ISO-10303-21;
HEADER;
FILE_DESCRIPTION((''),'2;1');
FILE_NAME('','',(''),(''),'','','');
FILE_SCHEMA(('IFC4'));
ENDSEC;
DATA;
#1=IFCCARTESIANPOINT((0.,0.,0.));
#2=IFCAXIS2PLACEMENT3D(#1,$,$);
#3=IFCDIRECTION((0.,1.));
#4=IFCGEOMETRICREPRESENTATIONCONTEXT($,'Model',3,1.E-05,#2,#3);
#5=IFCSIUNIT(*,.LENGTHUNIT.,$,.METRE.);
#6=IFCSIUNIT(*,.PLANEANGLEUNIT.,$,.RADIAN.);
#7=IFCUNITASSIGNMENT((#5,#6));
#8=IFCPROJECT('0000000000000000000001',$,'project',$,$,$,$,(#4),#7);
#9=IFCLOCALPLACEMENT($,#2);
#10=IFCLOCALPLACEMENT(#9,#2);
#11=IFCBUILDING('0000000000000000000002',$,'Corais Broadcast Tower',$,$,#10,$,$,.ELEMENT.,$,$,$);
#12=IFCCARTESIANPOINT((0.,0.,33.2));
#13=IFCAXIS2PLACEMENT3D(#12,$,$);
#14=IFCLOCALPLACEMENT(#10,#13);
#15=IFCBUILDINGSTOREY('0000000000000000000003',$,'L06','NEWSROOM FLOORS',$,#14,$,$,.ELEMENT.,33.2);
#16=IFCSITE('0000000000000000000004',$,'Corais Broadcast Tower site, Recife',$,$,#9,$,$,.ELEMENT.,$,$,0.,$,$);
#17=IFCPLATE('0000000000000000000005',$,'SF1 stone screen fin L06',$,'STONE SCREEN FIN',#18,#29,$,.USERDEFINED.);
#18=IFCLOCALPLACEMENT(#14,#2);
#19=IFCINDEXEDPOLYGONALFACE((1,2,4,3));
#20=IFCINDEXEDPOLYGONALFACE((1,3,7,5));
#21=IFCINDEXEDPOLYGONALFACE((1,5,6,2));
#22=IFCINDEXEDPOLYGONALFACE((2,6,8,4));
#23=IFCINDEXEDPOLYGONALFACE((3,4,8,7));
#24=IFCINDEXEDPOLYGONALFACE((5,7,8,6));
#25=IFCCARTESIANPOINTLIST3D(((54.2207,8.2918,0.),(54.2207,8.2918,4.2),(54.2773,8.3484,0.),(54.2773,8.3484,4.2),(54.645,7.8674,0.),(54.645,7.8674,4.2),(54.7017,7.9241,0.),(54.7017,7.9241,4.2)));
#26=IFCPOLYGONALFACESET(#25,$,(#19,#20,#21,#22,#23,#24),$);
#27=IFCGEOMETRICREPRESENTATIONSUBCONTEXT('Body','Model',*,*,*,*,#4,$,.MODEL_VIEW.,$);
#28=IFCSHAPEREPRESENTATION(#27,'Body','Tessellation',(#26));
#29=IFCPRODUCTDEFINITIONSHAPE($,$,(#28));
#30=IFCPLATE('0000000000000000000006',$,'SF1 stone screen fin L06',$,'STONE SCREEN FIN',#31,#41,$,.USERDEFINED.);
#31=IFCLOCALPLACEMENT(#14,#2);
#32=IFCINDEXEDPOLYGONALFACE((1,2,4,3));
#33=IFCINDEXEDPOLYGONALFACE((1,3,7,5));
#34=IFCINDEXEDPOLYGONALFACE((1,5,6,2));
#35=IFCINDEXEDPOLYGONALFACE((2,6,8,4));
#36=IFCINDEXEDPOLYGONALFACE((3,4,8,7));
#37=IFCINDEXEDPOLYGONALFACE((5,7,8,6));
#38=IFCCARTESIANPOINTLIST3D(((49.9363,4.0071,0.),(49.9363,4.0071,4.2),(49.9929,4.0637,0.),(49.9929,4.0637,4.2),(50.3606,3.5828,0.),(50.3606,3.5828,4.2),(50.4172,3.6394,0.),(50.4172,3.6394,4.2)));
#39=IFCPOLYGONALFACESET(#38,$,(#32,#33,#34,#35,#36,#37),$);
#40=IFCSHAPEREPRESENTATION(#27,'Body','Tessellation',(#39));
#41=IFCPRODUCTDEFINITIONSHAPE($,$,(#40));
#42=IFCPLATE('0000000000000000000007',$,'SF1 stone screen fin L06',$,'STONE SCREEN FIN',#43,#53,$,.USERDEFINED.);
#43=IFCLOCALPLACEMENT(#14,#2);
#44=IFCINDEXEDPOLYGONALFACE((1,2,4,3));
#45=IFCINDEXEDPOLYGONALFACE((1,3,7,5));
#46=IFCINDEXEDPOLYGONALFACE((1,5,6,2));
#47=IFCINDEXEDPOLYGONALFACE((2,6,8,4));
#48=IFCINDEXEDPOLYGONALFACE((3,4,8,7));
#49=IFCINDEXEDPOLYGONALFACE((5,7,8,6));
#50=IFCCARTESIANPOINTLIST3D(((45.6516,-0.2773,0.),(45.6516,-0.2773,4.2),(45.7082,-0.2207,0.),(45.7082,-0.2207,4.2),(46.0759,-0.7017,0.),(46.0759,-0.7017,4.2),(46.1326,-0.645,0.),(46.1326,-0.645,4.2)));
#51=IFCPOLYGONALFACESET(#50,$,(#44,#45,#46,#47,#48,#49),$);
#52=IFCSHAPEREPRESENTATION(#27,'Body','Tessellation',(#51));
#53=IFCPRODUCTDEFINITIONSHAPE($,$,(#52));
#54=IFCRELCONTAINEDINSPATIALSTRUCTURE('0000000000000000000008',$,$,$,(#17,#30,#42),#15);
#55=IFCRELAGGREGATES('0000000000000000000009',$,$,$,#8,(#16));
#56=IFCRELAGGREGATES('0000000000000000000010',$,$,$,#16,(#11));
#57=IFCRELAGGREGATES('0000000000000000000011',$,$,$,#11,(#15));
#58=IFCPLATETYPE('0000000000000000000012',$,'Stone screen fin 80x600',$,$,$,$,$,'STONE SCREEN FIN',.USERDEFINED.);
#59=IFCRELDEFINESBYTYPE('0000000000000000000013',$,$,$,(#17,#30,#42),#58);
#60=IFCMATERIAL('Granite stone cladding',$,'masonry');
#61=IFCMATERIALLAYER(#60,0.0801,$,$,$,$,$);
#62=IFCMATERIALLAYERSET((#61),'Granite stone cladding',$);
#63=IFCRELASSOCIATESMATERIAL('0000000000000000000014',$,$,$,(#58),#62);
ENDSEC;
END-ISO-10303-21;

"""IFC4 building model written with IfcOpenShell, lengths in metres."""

from ifc_helpers import new_model, si_unit, direction, frame, origin, origin_2d, place, context, subcontext, project, spatial, rectangle, extrude, material, layer, layer_set, type_object, element, save


model = new_model("IFC4")

# Units and contexts
model_context = context("Model", 3, precision=1e-05, world=origin(), true_north=direction((0.0, 1.0)))
body_context = subcontext(model_context, "Body", "Model", "MODEL_VIEW")
ifc_project = project(units=[si_unit("LENGTHUNIT", "METRE"), si_unit("PLANEANGLEUNIT", "RADIAN")], contexts=[model_context])

# Site, building, storey
site_placement = place(None, origin())
site = spatial("IfcSite", under=ifc_project, at=site_placement, Name="Corais Broadcast Tower site, Recife", CompositionType="ELEMENT", RefElevation=0.0)
building_placement = place(site_placement, origin())
building = spatial("IfcBuilding", under=site, at=building_placement, Name="Corais Broadcast Tower", CompositionType="ELEMENT")
storey_placement = place(building_placement, frame((0.0, 0.0, 33.2)))
storey = spatial("IfcBuildingStorey", under=building, at=storey_placement, Name="L06", Description="NEWSROOM FLOORS", CompositionType="ELEMENT", Elevation=33.2)

# Plates
ifc_material_1 = material(Name="Granite stone cladding", Category="masonry")
ifc_layer_1 = layer(ifc_material_1, 0.0801)
ifc_layer_set_1 = layer_set([ifc_layer_1], Name="Granite stone cladding")
plate_type_1 = type_object("IfcPlateType", Name="Stone screen fin 80x600", ElementType="STONE SCREEN FIN", PredefinedType="USERDEFINED", material=ifc_layer_set_1)
for number, where, z_axis, x_axis, name in (
    (1, (54.4612, 8.1079, 0.0), (0.0, 0.0, 1.0), (-0.707107, -0.707107, 0.0), "SF1 stone screen fin L06"),
    (2, (50.1768, 3.8232, 0.0), (0.0, 0.0, 1.0), (-0.707107, -0.707107, 0.0), "SF1 stone screen fin L06"),
    (3, (45.8921, -0.4612, 0.0), (0.0, 0.0, 1.0), (-0.707107, -0.707107, 0.0), "SF1 stone screen fin L06"),
):
    element("IfcPlate", number, at=place(storey_placement, frame(where, z_axis=z_axis, x_axis=x_axis)), inside=storey, type_object=plate_type_1, Name=name, ObjectType="STONE SCREEN FIN", PredefinedType="USERDEFINED", context=body_context, shape_type="SweptSolid", body=[
        extrude(rectangle(XDim=0.0801, YDim=0.6001, at=origin_2d()), origin(), (0.0, 0.0, 1.0), 4.2),
    ])

save(model, "model.ifc")
